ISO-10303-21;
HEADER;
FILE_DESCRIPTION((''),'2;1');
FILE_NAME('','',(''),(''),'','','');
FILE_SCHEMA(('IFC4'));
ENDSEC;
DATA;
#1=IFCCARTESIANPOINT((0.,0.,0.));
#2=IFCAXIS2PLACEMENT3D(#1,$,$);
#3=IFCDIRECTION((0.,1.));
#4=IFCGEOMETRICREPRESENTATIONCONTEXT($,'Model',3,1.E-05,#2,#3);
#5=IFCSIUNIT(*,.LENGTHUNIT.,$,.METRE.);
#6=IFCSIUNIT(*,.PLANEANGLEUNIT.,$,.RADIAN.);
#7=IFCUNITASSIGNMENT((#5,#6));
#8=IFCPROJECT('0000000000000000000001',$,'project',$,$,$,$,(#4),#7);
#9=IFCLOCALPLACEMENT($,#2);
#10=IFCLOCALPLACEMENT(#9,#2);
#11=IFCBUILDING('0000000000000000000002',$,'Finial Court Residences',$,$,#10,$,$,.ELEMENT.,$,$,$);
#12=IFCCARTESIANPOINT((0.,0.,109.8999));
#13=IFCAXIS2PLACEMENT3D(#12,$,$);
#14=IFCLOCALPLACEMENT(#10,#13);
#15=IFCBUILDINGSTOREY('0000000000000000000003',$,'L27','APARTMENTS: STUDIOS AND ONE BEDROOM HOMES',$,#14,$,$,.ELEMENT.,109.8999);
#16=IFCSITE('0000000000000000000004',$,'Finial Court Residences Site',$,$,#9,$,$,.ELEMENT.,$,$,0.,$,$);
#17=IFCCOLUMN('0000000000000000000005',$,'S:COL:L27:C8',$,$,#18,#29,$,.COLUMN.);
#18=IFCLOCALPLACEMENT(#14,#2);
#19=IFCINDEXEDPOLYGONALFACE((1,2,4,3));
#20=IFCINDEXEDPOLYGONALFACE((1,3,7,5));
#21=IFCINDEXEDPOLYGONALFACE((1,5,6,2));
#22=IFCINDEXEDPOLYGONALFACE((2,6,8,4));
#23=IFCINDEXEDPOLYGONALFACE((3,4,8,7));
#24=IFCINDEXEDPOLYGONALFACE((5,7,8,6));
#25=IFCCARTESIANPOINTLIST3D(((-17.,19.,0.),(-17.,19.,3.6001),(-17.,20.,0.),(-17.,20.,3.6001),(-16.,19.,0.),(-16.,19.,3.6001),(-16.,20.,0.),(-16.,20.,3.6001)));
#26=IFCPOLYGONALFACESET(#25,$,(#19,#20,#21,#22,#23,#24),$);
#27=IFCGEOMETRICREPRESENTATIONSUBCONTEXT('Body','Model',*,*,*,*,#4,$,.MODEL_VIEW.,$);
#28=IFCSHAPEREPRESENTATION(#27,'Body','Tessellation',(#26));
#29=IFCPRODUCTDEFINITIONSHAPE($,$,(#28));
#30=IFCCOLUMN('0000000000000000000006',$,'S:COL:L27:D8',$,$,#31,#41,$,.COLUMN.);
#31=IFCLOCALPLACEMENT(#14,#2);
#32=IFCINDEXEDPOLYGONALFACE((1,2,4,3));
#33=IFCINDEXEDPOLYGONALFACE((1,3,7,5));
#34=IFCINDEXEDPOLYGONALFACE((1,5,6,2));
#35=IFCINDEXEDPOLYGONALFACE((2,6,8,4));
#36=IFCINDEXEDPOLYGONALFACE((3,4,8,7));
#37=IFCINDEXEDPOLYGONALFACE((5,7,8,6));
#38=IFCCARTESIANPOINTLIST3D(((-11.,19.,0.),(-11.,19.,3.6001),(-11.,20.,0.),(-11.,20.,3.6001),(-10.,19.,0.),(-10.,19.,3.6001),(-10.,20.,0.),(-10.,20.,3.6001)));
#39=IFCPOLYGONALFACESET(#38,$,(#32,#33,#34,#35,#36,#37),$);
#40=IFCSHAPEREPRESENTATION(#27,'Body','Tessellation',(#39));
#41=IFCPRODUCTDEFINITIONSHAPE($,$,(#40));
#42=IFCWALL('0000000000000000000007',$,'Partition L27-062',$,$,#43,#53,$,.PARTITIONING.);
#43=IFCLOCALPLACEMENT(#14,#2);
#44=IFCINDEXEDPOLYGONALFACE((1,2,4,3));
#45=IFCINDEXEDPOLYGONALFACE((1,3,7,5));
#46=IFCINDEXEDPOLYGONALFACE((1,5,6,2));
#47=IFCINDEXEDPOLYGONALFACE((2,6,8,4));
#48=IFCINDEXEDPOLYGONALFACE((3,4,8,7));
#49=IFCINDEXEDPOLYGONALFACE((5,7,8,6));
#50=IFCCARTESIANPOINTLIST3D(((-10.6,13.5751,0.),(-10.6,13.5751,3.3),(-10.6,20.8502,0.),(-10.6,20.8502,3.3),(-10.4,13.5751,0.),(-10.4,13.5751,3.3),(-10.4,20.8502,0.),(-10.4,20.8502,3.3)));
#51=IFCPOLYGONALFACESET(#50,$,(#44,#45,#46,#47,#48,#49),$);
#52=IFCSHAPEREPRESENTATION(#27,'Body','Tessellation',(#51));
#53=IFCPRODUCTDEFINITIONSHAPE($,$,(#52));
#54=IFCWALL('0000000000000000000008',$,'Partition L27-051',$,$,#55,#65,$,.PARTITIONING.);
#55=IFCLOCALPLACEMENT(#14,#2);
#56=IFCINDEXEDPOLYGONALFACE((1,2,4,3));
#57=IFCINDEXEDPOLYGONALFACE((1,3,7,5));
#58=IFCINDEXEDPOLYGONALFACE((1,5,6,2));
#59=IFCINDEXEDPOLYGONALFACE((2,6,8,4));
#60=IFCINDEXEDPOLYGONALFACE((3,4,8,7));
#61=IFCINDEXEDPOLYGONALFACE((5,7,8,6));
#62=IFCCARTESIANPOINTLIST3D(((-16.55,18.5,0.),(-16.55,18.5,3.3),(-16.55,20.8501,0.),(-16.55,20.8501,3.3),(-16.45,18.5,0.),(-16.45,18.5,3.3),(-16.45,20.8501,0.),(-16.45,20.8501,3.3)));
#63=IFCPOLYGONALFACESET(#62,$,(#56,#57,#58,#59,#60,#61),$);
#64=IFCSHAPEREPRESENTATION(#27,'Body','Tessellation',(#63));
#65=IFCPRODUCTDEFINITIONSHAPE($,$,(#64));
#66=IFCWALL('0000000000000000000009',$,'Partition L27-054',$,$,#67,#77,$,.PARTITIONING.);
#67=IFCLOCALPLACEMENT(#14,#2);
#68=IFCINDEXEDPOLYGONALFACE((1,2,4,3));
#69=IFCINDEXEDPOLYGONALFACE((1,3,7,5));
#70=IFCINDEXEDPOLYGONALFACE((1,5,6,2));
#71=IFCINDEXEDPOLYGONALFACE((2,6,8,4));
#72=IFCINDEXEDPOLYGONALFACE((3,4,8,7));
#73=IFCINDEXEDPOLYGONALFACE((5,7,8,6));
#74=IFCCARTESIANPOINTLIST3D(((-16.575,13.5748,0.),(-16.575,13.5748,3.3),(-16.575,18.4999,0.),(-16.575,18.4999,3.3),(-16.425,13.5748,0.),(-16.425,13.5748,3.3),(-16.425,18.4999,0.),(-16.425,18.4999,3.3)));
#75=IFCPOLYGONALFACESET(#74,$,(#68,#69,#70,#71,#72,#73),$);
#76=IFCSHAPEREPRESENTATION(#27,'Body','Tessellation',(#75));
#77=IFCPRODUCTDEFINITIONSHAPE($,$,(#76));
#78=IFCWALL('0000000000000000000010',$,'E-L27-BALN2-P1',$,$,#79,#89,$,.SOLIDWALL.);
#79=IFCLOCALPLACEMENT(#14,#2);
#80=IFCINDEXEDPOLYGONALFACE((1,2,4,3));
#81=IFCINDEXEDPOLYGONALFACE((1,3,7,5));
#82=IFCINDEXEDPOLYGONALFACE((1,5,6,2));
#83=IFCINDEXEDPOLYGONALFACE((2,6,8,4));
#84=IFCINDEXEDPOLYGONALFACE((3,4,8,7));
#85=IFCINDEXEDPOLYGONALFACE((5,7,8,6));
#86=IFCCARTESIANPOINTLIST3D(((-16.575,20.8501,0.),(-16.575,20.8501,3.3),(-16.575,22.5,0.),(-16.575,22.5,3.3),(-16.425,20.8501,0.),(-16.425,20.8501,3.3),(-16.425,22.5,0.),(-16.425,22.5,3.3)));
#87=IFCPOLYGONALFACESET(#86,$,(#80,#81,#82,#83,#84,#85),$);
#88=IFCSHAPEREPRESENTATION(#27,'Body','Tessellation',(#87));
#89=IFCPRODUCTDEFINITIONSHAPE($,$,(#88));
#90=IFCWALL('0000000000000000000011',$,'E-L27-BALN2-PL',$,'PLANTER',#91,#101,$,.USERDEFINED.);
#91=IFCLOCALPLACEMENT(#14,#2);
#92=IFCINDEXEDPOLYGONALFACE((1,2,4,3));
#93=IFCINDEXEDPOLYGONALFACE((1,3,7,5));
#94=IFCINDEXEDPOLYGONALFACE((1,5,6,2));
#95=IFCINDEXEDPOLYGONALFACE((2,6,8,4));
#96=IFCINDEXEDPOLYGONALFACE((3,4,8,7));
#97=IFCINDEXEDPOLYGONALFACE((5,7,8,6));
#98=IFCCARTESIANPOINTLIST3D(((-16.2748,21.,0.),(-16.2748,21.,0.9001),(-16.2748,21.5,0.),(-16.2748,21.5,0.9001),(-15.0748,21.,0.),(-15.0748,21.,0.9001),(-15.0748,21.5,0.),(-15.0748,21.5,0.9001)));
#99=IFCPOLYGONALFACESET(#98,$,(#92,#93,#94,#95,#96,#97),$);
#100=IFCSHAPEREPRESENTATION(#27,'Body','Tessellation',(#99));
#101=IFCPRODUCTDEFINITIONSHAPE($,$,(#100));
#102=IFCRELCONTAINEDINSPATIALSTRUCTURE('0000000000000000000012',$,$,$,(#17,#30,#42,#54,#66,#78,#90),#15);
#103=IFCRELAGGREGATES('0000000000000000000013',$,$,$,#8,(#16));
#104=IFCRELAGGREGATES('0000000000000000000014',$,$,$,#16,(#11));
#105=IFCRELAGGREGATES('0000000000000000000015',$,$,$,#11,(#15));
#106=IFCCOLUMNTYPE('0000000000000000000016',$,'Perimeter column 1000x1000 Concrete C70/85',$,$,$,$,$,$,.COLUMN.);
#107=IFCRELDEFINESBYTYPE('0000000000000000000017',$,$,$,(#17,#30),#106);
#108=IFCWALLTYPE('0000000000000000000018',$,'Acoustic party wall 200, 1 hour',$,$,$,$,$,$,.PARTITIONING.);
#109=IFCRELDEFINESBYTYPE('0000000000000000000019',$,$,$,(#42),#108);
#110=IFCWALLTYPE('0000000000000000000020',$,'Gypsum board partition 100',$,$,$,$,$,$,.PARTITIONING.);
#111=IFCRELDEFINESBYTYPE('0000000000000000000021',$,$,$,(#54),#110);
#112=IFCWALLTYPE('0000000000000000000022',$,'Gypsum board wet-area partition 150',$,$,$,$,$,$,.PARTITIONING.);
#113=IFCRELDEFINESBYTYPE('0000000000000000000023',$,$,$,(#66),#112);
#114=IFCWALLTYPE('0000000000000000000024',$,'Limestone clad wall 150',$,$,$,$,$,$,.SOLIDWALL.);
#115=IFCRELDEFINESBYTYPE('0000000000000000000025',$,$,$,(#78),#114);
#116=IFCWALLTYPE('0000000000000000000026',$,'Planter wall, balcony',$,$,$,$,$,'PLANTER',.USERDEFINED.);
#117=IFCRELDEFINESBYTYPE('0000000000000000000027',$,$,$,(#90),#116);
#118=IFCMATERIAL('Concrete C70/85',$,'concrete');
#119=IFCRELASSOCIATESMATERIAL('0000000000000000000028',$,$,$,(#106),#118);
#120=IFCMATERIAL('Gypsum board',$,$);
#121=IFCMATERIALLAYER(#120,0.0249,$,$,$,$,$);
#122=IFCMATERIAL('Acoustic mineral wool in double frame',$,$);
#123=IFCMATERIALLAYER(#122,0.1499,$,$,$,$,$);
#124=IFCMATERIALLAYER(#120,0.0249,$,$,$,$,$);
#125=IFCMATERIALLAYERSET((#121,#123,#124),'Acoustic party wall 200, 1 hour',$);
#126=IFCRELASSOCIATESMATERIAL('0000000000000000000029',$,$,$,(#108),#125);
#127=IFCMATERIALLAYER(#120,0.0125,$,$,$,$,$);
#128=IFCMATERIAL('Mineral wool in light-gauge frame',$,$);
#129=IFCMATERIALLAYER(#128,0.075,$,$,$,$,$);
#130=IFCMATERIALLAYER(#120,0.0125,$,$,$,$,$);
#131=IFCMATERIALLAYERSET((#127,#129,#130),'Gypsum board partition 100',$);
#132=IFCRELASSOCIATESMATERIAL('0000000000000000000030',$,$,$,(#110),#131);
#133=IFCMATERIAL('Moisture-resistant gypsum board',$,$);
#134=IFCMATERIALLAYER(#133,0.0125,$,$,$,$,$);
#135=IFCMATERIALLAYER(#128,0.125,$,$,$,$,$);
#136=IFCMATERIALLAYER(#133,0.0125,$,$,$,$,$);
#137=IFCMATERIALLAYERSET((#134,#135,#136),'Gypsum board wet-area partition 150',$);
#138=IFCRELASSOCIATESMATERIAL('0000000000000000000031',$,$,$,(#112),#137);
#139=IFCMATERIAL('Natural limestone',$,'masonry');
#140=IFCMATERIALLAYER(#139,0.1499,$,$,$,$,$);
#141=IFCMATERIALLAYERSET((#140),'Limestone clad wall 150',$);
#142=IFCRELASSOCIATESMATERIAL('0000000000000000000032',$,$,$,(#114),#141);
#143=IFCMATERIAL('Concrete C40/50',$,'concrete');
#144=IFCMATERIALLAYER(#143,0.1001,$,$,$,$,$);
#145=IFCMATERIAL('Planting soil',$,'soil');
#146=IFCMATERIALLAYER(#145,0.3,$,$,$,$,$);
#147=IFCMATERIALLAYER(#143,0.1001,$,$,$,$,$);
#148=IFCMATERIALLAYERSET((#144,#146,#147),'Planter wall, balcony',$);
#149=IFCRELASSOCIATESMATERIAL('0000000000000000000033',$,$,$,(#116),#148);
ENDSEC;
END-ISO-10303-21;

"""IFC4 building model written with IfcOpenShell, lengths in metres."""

from ifc_helpers import new_model, si_unit, direction, frame, frame_2d, origin, origin_2d, place, context, subcontext, project, spatial, rectangle, extrude, material, layer, layer_set, material_profile, profile_set, type_object, element, save


model = new_model("IFC4")

# Units and contexts
model_context = context("Model", 3, precision=1e-05, world=origin(), true_north=direction((0.0, 1.0)))
body_context = subcontext(model_context, "Body", "Model", "MODEL_VIEW")
ifc_project = project(units=[si_unit("LENGTHUNIT", "METRE"), si_unit("PLANEANGLEUNIT", "RADIAN")], contexts=[model_context])

# Site, building, storey
site_placement = place(None, origin())
site = spatial("IfcSite", under=ifc_project, at=site_placement, Name="Finial Court Residences Site", CompositionType="ELEMENT", RefElevation=0.0)
building_placement = place(site_placement, origin())
building = spatial("IfcBuilding", under=site, at=building_placement, Name="Finial Court Residences", CompositionType="ELEMENT")
storey_placement = place(building_placement, frame((0.0, 0.0, 109.8999)))
storey = spatial("IfcBuildingStorey", under=building, at=storey_placement, Name="L27", Description="APARTMENTS: STUDIOS AND ONE BEDROOM HOMES", CompositionType="ELEMENT", Elevation=109.8999)

# Columns
ifc_material_1 = material(Name="Concrete C70/85", Category="concrete")
ifc_material_profile = material_profile(ifc_material_1, rectangle(XDim=1.0, YDim=1.0, at=origin_2d()), Name="1000x1000")
ifc_profile_set = profile_set([ifc_material_profile], Name="Concrete C70/85")
column_type = type_object("IfcColumnType", Name="Perimeter column 1000x1000 Concrete C70/85", PredefinedType="COLUMN", material=ifc_profile_set)
for number, where, z_axis, x_axis, name in (
    (1, (-16.5, 19.5, 0.0), (0.0, 0.0, 1.0), (1.0, 0.0, 0.0), "S:COL:L27:C8"),
    (2, (-10.5, 19.5, 0.0), (0.0, 0.0, 1.0), (1.0, 0.0, 0.0), "S:COL:L27:D8"),
):
    element("IfcColumn", number, at=place(storey_placement, frame(where, z_axis=z_axis, x_axis=x_axis)), inside=storey, type_object=column_type, Name=name, PredefinedType="COLUMN", context=body_context, shape_type="SweptSolid", body=[
        extrude(rectangle(XDim=1.0, YDim=1.0, at=origin_2d()), origin(), (0.0, 0.0, 1.0), 3.6001),
    ])

# Walls
ifc_material_2 = material(Name="Gypsum board")
ifc_layer_1 = layer(ifc_material_2, 0.0249)
ifc_material_3 = material(Name="Acoustic mineral wool in double frame")
ifc_layer_2 = layer(ifc_material_3, 0.1499)
ifc_layer_3 = layer(ifc_material_2, 0.0249)
ifc_layer_set_1 = layer_set([ifc_layer_1, ifc_layer_2, ifc_layer_3], Name="Acoustic party wall 200, 1 hour")
wall_type_1 = type_object("IfcWallType", Name="Acoustic party wall 200, 1 hour", PredefinedType="PARTITIONING", material=ifc_layer_set_1)
wall_1_placement = place(storey_placement, frame((-10.5, 13.575, 0.0), z_axis=(0.0, 0.0, 1.0), x_axis=(0.0, 1.0, 0.0)))
element("IfcWall", 3, at=wall_1_placement, inside=storey, type_object=wall_type_1, Name="Partition L27-062", PredefinedType="PARTITIONING", context=body_context, shape_type="SweptSolid", body=[
    extrude(rectangle(XDim=7.2751, YDim=0.2, at=frame_2d((3.6377, 0.0))), origin(), (0.0, 0.0, 1.0), 3.3),
])
ifc_layer_4 = layer(ifc_material_2, 0.0125)
ifc_material_4 = material(Name="Mineral wool in light-gauge frame")
ifc_layer_5 = layer(ifc_material_4, 0.075)
ifc_layer_6 = layer(ifc_material_2, 0.0125)
ifc_layer_set_2 = layer_set([ifc_layer_4, ifc_layer_5, ifc_layer_6], Name="Gypsum board partition 100")
wall_type_2 = type_object("IfcWallType", Name="Gypsum board partition 100", PredefinedType="PARTITIONING", material=ifc_layer_set_2)
wall_2_placement = place(storey_placement, frame((-16.5, 18.5, 0.0), z_axis=(0.0, 0.0, 1.0), x_axis=(0.0, 1.0, 0.0)))
element("IfcWall", 4, at=wall_2_placement, inside=storey, type_object=wall_type_2, Name="Partition L27-051", PredefinedType="PARTITIONING", context=body_context, shape_type="SweptSolid", body=[
    extrude(rectangle(XDim=2.3501, YDim=0.1001, at=frame_2d((1.175, 0.0))), origin(), (0.0, 0.0, 1.0), 3.3),
])
ifc_material_5 = material(Name="Moisture-resistant gypsum board")
ifc_layer_7 = layer(ifc_material_5, 0.0125)
ifc_layer_8 = layer(ifc_material_4, 0.125)
ifc_layer_9 = layer(ifc_material_5, 0.0125)
ifc_layer_set_3 = layer_set([ifc_layer_7, ifc_layer_8, ifc_layer_9], Name="Gypsum board wet-area partition 150")
wall_type_3 = type_object("IfcWallType", Name="Gypsum board wet-area partition 150", PredefinedType="PARTITIONING", material=ifc_layer_set_3)
wall_3_placement = place(storey_placement, frame((-16.5, 13.575, 0.0), z_axis=(0.0, 0.0, 1.0), x_axis=(0.0, 1.0, 0.0)))
element("IfcWall", 5, at=wall_3_placement, inside=storey, type_object=wall_type_3, Name="Partition L27-054", PredefinedType="PARTITIONING", context=body_context, shape_type="SweptSolid", body=[
    extrude(rectangle(XDim=4.925, YDim=0.1499, at=frame_2d((2.4624, 0.0))), origin(), (0.0, 0.0, 1.0), 3.3),
])
ifc_material_6 = material(Name="Natural limestone", Category="masonry")
ifc_layer_10 = layer(ifc_material_6, 0.1499)
ifc_layer_set_4 = layer_set([ifc_layer_10], Name="Limestone clad wall 150")
wall_type_4 = type_object("IfcWallType", Name="Limestone clad wall 150", PredefinedType="SOLIDWALL", material=ifc_layer_set_4)
wall_4_placement = place(storey_placement, frame((-16.5, 20.8501, 0.0), z_axis=(0.0, 0.0, 1.0), x_axis=(0.0, 1.0, 0.0)))
element("IfcWall", 6, at=wall_4_placement, inside=storey, type_object=wall_type_4, Name="E-L27-BALN2-P1", PredefinedType="SOLIDWALL", context=body_context, shape_type="SweptSolid", body=[
    extrude(rectangle(XDim=1.6499, YDim=0.1499, at=frame_2d((0.825, 0.0))), origin(), (0.0, 0.0, 1.0), 3.3),
])

# Wall
ifc_material_7 = material(Name="Concrete C40/50", Category="concrete")
ifc_layer_11 = layer(ifc_material_7, 0.1001)
ifc_material_8 = material(Name="Planting soil", Category="soil")
ifc_layer_12 = layer(ifc_material_8, 0.3)
ifc_layer_13 = layer(ifc_material_7, 0.1001)
ifc_layer_set_5 = layer_set([ifc_layer_11, ifc_layer_12, ifc_layer_13], Name="Planter wall, balcony")
wall_type_5 = type_object("IfcWallType", Name="Planter wall, balcony", ElementType="PLANTER", PredefinedType="USERDEFINED", material=ifc_layer_set_5)
wall_5_placement = place(storey_placement, frame((-16.2749, 21.25, 0.0), z_axis=(0.0, 0.0, 1.0), x_axis=(1.0, 0.0, 0.0)))
element("IfcWall", 7, at=wall_5_placement, inside=storey, type_object=wall_type_5, Name="E-L27-BALN2-PL", ObjectType="PLANTER", PredefinedType="USERDEFINED", context=body_context, shape_type="SweptSolid", body=[
    extrude(rectangle(XDim=1.2, YDim=0.5, at=frame_2d((0.6001, 0.0))), origin(), (0.0, 0.0, 1.0), 0.9001),
])

save(model, "model.ifc")
